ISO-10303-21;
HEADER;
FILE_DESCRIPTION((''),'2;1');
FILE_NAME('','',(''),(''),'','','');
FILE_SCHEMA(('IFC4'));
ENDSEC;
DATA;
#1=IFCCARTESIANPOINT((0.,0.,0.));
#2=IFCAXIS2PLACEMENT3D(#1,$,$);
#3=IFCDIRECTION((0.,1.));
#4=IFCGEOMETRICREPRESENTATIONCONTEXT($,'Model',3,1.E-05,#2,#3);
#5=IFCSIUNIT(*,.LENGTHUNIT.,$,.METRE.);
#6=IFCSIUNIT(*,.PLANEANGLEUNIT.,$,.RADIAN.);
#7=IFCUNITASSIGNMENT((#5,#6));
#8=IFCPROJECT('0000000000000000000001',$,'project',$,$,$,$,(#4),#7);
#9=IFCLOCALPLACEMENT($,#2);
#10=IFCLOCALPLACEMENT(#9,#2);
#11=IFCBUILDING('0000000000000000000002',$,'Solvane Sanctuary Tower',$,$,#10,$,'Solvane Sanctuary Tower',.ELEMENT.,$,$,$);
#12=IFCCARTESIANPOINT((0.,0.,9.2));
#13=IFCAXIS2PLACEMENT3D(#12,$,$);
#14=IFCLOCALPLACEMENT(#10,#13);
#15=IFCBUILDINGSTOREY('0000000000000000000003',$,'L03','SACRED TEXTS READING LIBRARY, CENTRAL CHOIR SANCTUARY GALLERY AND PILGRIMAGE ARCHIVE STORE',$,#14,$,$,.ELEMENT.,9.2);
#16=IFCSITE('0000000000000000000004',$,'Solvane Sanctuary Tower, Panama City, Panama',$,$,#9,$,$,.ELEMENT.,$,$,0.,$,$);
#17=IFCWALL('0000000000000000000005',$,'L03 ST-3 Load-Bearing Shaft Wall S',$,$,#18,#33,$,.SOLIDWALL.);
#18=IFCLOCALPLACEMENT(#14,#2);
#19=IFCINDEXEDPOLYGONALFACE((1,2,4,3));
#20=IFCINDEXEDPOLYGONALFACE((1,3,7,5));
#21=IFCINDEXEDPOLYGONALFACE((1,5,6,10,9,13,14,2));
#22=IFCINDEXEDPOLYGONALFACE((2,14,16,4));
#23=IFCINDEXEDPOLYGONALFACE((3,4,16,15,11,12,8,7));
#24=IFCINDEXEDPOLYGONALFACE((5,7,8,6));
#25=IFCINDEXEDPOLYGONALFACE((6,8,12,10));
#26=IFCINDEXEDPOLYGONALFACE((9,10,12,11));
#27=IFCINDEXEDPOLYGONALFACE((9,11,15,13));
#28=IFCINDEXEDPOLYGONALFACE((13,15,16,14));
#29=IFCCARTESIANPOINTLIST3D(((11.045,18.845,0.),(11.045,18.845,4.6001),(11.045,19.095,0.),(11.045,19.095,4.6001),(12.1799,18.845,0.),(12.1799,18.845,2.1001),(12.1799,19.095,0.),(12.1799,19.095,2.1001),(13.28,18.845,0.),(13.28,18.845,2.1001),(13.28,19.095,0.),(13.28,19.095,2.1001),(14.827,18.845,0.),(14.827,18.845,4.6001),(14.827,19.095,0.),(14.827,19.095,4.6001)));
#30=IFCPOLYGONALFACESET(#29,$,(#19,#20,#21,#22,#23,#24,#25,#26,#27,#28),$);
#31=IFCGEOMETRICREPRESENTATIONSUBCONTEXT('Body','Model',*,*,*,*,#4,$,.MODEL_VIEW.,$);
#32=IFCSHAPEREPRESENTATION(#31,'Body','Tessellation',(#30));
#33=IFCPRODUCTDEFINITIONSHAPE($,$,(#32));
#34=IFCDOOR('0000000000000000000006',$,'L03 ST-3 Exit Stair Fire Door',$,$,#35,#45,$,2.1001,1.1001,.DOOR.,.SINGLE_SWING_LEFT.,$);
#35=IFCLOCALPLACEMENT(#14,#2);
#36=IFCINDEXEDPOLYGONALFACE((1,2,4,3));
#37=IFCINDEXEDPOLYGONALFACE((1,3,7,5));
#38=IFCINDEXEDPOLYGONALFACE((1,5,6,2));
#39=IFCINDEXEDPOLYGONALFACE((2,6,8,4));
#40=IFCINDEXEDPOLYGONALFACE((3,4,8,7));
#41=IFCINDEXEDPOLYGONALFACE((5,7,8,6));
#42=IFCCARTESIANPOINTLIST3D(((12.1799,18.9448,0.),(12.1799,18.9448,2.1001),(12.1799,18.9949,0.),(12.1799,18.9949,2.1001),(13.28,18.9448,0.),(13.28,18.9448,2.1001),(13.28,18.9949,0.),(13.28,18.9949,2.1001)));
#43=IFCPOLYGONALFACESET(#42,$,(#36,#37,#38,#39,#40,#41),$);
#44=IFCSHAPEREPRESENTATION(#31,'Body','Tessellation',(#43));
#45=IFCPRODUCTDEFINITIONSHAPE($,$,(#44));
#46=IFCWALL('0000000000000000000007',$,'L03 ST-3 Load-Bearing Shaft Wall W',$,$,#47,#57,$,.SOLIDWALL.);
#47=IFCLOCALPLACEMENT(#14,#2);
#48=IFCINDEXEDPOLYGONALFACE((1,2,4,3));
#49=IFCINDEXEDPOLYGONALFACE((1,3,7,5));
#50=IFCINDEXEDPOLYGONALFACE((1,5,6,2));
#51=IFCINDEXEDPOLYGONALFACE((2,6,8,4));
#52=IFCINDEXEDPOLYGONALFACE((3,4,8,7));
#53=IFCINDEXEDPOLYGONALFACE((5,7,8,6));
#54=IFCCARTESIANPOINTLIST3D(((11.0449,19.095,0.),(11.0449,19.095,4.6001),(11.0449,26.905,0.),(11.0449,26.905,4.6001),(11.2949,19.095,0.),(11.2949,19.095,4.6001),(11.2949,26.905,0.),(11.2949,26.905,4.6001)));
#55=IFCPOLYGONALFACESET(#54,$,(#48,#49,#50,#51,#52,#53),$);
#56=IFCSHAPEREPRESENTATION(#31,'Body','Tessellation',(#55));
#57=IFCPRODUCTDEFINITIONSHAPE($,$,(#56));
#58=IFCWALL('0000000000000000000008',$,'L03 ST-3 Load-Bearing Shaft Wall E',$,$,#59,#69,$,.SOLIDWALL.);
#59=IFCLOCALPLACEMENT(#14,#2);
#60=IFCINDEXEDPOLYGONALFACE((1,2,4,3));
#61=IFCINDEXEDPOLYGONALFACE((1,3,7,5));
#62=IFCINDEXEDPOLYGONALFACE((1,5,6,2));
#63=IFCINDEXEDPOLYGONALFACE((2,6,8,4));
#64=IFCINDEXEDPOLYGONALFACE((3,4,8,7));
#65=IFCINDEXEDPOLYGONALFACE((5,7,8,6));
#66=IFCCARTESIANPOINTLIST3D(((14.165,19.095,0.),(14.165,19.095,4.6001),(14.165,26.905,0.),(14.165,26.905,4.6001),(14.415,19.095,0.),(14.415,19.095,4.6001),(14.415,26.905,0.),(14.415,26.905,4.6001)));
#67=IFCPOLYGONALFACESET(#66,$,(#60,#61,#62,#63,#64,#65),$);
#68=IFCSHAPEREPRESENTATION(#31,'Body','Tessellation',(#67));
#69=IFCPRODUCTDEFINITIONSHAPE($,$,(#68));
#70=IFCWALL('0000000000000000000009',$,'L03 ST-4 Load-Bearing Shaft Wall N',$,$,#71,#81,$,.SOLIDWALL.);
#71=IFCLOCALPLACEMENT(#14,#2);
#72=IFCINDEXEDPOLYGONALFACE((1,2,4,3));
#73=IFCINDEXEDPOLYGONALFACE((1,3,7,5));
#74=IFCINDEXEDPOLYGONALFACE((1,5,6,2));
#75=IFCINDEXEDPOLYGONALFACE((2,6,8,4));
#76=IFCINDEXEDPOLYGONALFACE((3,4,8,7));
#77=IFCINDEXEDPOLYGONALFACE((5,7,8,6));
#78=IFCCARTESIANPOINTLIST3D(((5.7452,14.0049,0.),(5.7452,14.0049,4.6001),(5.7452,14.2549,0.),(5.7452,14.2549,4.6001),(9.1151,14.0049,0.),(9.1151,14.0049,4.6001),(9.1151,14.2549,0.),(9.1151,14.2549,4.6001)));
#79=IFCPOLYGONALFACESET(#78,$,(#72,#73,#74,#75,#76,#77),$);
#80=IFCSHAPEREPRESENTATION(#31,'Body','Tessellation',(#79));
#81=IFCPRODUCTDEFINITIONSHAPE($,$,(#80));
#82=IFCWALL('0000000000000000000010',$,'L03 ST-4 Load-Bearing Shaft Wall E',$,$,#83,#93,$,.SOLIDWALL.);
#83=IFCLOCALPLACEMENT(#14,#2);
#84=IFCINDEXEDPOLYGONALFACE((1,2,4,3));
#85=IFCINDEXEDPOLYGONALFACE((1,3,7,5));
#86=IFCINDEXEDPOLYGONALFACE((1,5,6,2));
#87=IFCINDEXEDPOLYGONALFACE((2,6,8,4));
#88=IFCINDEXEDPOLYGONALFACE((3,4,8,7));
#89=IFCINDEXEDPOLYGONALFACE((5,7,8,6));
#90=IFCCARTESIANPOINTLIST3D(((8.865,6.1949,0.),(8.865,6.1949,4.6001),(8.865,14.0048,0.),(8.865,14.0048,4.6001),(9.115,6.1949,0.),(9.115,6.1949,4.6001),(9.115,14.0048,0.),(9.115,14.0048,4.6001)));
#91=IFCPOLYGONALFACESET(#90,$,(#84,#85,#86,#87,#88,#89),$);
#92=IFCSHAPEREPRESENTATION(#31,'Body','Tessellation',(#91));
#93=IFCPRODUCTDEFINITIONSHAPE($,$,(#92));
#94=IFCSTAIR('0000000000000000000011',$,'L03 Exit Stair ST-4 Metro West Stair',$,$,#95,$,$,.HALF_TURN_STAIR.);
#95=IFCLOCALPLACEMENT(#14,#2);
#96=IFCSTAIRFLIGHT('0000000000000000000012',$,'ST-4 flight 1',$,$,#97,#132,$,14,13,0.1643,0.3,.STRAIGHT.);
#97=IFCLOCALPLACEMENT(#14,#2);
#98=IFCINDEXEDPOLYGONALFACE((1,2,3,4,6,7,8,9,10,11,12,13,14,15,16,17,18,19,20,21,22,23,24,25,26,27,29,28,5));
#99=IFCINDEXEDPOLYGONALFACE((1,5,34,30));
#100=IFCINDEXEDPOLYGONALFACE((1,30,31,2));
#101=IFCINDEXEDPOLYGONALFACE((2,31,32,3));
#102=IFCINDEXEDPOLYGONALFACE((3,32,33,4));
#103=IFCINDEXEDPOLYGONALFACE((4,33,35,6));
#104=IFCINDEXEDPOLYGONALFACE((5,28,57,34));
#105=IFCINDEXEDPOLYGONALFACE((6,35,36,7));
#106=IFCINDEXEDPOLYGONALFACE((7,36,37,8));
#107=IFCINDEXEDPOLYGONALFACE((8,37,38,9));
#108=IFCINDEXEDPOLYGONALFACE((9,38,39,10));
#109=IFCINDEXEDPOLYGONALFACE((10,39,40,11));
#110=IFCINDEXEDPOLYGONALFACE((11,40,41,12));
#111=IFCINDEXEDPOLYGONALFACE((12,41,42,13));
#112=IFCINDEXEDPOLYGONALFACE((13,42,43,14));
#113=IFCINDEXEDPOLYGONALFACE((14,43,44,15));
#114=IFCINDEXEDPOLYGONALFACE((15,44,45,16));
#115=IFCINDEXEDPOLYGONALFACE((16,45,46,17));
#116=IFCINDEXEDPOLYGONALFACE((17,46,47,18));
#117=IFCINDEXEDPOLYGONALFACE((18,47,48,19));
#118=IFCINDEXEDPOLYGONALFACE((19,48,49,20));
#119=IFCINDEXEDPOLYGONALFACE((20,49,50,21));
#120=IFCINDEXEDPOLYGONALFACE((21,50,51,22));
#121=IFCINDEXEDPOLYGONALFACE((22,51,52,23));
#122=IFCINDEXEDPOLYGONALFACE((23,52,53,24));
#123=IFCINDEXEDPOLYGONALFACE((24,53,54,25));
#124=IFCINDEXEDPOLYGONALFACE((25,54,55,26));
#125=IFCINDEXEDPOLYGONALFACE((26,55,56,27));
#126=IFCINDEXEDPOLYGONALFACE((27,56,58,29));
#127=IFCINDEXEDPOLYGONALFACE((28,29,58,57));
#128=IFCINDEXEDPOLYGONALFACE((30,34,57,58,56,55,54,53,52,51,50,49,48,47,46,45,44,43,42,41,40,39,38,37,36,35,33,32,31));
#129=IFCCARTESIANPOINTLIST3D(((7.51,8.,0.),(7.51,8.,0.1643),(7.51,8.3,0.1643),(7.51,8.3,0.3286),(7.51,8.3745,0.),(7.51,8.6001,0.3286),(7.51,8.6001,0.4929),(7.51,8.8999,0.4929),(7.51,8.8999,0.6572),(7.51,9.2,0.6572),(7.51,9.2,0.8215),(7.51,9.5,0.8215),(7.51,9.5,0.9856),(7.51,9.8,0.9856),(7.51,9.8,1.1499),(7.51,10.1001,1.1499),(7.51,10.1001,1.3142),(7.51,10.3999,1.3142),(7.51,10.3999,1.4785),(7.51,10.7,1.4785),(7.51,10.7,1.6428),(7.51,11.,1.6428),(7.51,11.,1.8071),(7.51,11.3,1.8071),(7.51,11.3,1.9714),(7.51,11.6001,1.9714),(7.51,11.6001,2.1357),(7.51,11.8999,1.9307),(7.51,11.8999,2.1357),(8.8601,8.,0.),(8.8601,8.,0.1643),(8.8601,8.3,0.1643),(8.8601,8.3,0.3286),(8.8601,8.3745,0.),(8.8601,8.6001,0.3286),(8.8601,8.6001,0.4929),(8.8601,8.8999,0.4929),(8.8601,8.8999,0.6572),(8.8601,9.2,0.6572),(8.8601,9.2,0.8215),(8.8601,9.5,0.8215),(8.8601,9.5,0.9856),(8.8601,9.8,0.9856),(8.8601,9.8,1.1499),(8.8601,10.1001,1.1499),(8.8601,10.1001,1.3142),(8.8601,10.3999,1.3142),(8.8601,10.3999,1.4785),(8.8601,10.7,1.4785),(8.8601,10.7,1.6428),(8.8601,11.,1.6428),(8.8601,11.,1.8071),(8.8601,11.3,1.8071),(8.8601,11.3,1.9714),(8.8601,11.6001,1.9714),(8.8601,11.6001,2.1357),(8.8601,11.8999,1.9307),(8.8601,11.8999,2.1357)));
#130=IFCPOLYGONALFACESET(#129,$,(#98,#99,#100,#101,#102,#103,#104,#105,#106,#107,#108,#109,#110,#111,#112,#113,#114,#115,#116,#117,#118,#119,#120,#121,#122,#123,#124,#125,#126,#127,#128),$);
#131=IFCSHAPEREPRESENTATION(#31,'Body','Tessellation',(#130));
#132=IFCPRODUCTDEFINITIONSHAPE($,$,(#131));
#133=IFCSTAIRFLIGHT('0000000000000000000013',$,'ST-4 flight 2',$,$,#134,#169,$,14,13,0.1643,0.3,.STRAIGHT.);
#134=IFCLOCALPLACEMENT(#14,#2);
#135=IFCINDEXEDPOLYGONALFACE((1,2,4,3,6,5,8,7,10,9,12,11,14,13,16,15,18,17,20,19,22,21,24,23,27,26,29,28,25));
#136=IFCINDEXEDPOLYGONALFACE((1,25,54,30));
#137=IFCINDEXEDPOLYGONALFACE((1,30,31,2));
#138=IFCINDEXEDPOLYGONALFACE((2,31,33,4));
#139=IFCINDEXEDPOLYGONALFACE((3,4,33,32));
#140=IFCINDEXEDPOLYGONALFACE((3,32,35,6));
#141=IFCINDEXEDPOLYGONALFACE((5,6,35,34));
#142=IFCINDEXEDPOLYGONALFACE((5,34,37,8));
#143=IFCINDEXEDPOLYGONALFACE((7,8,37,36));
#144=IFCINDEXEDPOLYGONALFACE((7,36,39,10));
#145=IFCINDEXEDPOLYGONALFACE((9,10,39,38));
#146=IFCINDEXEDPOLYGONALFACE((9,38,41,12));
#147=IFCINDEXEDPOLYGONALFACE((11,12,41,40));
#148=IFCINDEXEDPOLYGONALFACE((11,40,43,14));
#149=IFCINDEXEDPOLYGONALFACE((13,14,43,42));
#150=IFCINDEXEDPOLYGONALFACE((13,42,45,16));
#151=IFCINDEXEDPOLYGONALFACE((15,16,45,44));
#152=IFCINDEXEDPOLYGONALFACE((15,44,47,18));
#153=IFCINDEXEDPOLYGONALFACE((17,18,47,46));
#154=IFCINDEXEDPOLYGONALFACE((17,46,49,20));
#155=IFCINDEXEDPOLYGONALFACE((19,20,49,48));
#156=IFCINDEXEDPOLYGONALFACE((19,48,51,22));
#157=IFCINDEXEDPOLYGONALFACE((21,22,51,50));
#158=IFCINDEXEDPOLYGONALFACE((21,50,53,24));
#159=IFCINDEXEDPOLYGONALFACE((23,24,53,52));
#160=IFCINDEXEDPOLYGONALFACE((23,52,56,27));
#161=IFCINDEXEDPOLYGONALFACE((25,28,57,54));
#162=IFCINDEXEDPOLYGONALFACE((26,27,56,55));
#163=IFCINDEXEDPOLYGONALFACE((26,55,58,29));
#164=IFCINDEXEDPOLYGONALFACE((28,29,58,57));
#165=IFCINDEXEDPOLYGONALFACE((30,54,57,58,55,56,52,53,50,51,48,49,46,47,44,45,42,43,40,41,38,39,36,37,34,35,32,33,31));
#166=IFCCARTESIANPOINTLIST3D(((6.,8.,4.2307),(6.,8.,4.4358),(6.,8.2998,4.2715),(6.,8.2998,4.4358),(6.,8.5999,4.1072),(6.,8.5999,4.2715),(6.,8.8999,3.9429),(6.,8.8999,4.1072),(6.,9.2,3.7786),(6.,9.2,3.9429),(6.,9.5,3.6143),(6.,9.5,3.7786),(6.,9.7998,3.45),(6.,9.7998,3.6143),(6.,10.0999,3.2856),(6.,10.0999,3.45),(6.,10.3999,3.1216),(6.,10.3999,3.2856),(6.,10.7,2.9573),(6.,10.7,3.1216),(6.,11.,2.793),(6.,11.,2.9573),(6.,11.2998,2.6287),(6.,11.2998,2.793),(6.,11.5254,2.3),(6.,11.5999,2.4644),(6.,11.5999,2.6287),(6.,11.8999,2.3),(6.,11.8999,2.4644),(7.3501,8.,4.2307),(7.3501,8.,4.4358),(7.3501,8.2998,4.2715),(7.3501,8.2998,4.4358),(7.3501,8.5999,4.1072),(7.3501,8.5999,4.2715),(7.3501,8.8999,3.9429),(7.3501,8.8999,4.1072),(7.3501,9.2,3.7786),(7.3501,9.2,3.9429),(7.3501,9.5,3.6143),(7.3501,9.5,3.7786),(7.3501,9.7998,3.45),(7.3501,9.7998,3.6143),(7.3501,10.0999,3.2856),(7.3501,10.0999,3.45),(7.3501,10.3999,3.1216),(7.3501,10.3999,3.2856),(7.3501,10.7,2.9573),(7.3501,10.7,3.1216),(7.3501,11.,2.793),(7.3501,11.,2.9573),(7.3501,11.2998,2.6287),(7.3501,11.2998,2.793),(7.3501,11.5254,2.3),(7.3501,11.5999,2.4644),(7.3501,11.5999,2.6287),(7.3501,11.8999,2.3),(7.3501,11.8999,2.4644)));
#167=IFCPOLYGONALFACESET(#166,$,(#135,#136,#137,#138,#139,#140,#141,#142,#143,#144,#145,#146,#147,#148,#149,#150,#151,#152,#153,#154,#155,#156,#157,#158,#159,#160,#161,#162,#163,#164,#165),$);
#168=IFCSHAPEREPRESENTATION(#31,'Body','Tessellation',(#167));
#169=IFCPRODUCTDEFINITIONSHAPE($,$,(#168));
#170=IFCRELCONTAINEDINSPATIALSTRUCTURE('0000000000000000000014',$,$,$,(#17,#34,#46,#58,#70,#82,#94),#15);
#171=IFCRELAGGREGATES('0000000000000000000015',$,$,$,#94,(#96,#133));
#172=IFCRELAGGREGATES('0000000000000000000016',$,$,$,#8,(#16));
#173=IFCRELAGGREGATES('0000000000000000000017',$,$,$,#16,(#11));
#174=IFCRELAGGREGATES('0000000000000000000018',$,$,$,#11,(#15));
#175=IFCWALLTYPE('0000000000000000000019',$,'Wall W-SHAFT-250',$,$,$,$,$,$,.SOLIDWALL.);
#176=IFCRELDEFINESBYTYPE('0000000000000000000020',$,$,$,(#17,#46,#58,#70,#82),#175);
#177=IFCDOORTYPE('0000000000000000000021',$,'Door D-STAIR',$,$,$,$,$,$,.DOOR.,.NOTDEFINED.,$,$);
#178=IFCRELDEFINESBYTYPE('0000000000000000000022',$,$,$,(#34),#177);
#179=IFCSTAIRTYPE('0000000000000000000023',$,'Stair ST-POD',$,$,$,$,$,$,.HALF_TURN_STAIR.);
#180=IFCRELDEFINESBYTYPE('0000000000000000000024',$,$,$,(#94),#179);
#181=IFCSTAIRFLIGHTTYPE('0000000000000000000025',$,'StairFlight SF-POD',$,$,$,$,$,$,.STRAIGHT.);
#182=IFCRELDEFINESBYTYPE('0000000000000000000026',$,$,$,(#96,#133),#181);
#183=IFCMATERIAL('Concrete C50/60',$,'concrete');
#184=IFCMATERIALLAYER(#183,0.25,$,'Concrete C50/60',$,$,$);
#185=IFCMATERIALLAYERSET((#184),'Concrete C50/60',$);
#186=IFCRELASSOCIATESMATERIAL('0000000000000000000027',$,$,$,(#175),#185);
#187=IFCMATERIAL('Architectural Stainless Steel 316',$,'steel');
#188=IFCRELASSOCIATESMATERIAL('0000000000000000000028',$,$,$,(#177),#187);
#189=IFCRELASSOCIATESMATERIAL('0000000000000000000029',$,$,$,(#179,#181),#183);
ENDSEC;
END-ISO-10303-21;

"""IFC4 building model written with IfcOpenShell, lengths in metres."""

from ifc_helpers import new_model, si_unit, direction, frame, frame_2d, origin, place, context, subcontext, project, spatial, polyline, rectangle, outline, extrude, material, layer, layer_set, type_object, element, fill, aggregate, save


model = new_model("IFC4")

# Units and contexts
model_context = context("Model", 3, precision=1e-05, world=origin(), true_north=direction((0.0, 1.0)))
body_context = subcontext(model_context, "Body", "Model", "MODEL_VIEW")
ifc_project = project(units=[si_unit("LENGTHUNIT", "METRE"), si_unit("PLANEANGLEUNIT", "RADIAN")], contexts=[model_context])

# Site, building, storey
site_placement = place(None, origin())
site = spatial("IfcSite", under=ifc_project, at=site_placement, Name="Solvane Sanctuary Tower, Panama City, Panama", CompositionType="ELEMENT", RefElevation=0.0)
building_placement = place(site_placement, origin())
building = spatial("IfcBuilding", under=site, at=building_placement, Name="Solvane Sanctuary Tower", LongName="Solvane Sanctuary Tower", CompositionType="ELEMENT")
storey_placement = place(building_placement, frame((0.0, 0.0, 9.2)))
storey = spatial("IfcBuildingStorey", under=building, at=storey_placement, Name="L03", Description="SACRED TEXTS READING LIBRARY, CENTRAL CHOIR SANCTUARY GALLERY AND PILGRIMAGE ARCHIVE STORE", CompositionType="ELEMENT", Elevation=9.2)

# Shared definitions
ifc_material_1 = material(Name="Architectural Stainless Steel 316", Category="steel")

# Wall, opening, door
ifc_material_2 = material(Name="Concrete C50/60", Category="concrete")
ifc_layer_1 = layer(ifc_material_2, 0.25, Name="Concrete C50/60")
ifc_layer_set_1 = layer_set([ifc_layer_1], Name="Concrete C50/60")
wall_type_1 = type_object("IfcWallType", Name="Wall W-SHAFT-250", PredefinedType="SOLIDWALL", material=ifc_layer_set_1)
wall_1_placement = place(storey_placement, frame((11.0449, 18.97, 0.0), z_axis=(0.0, 0.0, 1.0), x_axis=(1.0, 0.0, 0.0)))
wall_1 = element("IfcWall", 1, at=wall_1_placement, inside=storey, type_object=wall_type_1, Name="L03 ST-3 Load-Bearing Shaft Wall S", PredefinedType="SOLIDWALL", context=body_context, shape_type="SweptSolid", body=[
    extrude(rectangle(XDim=3.782, YDim=0.25, at=frame_2d((1.8911, 0.0))), origin(), (0.0, 0.0, 1.0), 4.6001),
])
opening_1_placement = place(wall_1_placement, frame((1.135, 0.0, 0.0)))
opening_1 = element("IfcOpeningElement", 2, at=opening_1_placement, cuts=wall_1, PredefinedType="OPENING", context=body_context, shape_type="SweptSolid", body=[
    extrude(rectangle(XDim=1.1001, YDim=2.1001, at=frame_2d((0.55, 1.05))), frame((0.0, 0.135, 0.0), z_axis=(0.0, -1.0, 0.0), x_axis=(1.0, 0.0, 0.0)), (0.0, 0.0, 1.0), 0.27),
])
door_type_1 = type_object("IfcDoorType", Name="Door D-STAIR", OperationType="NOTDEFINED", PredefinedType="DOOR", material=ifc_material_1)
door_1_placement = place(opening_1_placement, origin())
door_1 = element("IfcDoor", 3, at=door_1_placement, inside=storey, type_object=door_type_1, Name="L03 ST-3 Exit Stair Fire Door", OperationType="SINGLE_SWING_LEFT", OverallHeight=2.1001, OverallWidth=1.1001, PredefinedType="DOOR", context=body_context, shape_type="SweptSolid", body=[
    extrude(rectangle(XDim=1.1001, YDim=2.1001, at=frame_2d((0.55, 1.05))), frame((0.0, 0.0249, 0.0), z_axis=(0.0, -1.0, 0.0), x_axis=(1.0, 0.0, 0.0)), (0.0, 0.0, 1.0), 0.05),
])
fill(opening_1, door_1)

# Walls
for number, where, z_axis, x_axis, name in (
    (4, (11.1699, 19.095, 0.0), (0.0, 0.0, 1.0), (0.0, 1.0, 0.0), "L03 ST-3 Load-Bearing Shaft Wall W"),
    (5, (14.29, 19.095, 0.0), (0.0, 0.0, 1.0), (0.0, 1.0, 0.0), "L03 ST-3 Load-Bearing Shaft Wall E"),
):
    element("IfcWall", number, at=place(storey_placement, frame(where, z_axis=z_axis, x_axis=x_axis)), inside=storey, type_object=wall_type_1, Name=name, PredefinedType="SOLIDWALL", context=body_context, shape_type="SweptSolid", body=[
        extrude(rectangle(XDim=7.8101, YDim=0.25, at=frame_2d((3.905, 0.0))), origin(), (0.0, 0.0, 1.0), 4.6001),
    ])
wall_2_placement = place(storey_placement, frame((5.7451, 14.1299, 0.0), z_axis=(0.0, 0.0, 1.0), x_axis=(1.0, 0.0, 0.0)))
element("IfcWall", 6, at=wall_2_placement, inside=storey, type_object=wall_type_1, Name="L03 ST-4 Load-Bearing Shaft Wall N", PredefinedType="SOLIDWALL", context=body_context, shape_type="SweptSolid", body=[
    extrude(rectangle(XDim=3.3699, YDim=0.25, at=frame_2d((1.6851, 0.0))), origin(), (0.0, 0.0, 1.0), 4.6001),
])
wall_3_placement = place(storey_placement, frame((8.99, 6.1951, 0.0), z_axis=(0.0, 0.0, 1.0), x_axis=(0.0, 1.0, 0.0)))
element("IfcWall", 7, at=wall_3_placement, inside=storey, type_object=wall_type_1, Name="L03 ST-4 Load-Bearing Shaft Wall E", PredefinedType="SOLIDWALL", context=body_context, shape_type="SweptSolid", body=[
    extrude(rectangle(XDim=7.8098, YDim=0.25, at=frame_2d((3.9048, 0.0))), origin(), (0.0, 0.0, 1.0), 4.6001),
])

# Stair, stair flights
stair_type = type_object("IfcStairType", Name="Stair ST-POD", PredefinedType="HALF_TURN_STAIR", material=ifc_material_2)
stair_placement = place(storey_placement, origin())
stair = element("IfcStair", 8, at=stair_placement, inside=storey, type_object=stair_type, Name="L03 Exit Stair ST-4 Metro West Stair", PredefinedType="HALF_TURN_STAIR")
stair_flight_type = type_object("IfcStairFlightType", Name="StairFlight SF-POD", PredefinedType="STRAIGHT", material=ifc_material_2)
stair_flight_1_placement = place(storey_placement, frame((8.1851, 8.0, 0.0), z_axis=(0.0, 0.0, 1.0), x_axis=(0.0, 1.0, 0.0)))
stair_flight_1 = element("IfcStairFlight", 9, at=stair_flight_1_placement, type_object=stair_flight_type, Name="ST-4 flight 1", NumberOfRisers=14, NumberOfTreads=13, PredefinedType="STRAIGHT", RiserHeight=0.1643, TreadLength=0.3, context=body_context, shape_type="SweptSolid", body=[
    extrude(outline(polyline([(0.0, 0.0), (0.0, 0.1643), (0.3, 0.1643), (0.3, 0.3286), (0.6001, 0.3286), (0.6001, 0.4929), (0.8999, 0.4929), (0.8999, 0.6572), (1.2, 0.6572), (1.2, 0.8215), (1.5, 0.8215), (1.5, 0.9856), (1.8, 0.9856), (1.8, 1.1499), (2.1001, 1.1499), (2.1001, 1.3142), (2.3999, 1.3142), (2.3999, 1.4785), (2.7, 1.4785), (2.7, 1.6428), (3.0, 1.6428), (3.0, 1.8071), (3.3, 1.8071), (3.3, 1.9714), (3.6001, 1.9714), (3.6001, 2.1357), (3.8999, 2.1357), (3.8999, 2.3), (3.8999, 1.9307), (0.3745, 0.0), (0.0, 0.0)])), frame((0.0, 0.675, 0.0), z_axis=(0.0, -1.0, 0.0), x_axis=(1.0, 0.0, 0.0)), (0.0, 0.0, 1.0), 1.3501),
])
stair_flight_2_placement = place(storey_placement, frame((6.675, 11.8999, 2.3), z_axis=(0.0, 0.0, 1.0), x_axis=(0.0, -1.0, 0.0)))
stair_flight_2 = element("IfcStairFlight", 10, at=stair_flight_2_placement, type_object=stair_flight_type, Name="ST-4 flight 2", NumberOfRisers=14, NumberOfTreads=13, PredefinedType="STRAIGHT", RiserHeight=0.1643, TreadLength=0.3, context=body_context, shape_type="SweptSolid", body=[
    extrude(outline(polyline([(0.0, 0.0), (0.0, 0.1643), (0.3, 0.1643), (0.3, 0.3286), (0.6001, 0.3286), (0.6001, 0.4929), (0.8999, 0.4929), (0.8999, 0.6572), (1.2, 0.6572), (1.2, 0.8215), (1.5, 0.8215), (1.5, 0.9856), (1.8, 0.9856), (1.8, 1.1499), (2.1001, 1.1499), (2.1001, 1.3142), (2.3999, 1.3142), (2.3999, 1.4785), (2.7, 1.4785), (2.7, 1.6428), (3.0, 1.6428), (3.0, 1.8071), (3.3, 1.8071), (3.3, 1.9714), (3.6001, 1.9714), (3.6001, 2.1357), (3.8999, 2.1357), (3.8999, 2.3), (3.8999, 1.9307), (0.3745, 0.0), (0.0, 0.0)])), frame((0.0, 0.675, 0.0), z_axis=(0.0, -1.0, 0.0), x_axis=(1.0, 0.0, 0.0)), (0.0, 0.0, 1.0), 1.3501),
])
aggregate(stair, [stair_flight_1, stair_flight_2])

save(model, "model.ifc")
